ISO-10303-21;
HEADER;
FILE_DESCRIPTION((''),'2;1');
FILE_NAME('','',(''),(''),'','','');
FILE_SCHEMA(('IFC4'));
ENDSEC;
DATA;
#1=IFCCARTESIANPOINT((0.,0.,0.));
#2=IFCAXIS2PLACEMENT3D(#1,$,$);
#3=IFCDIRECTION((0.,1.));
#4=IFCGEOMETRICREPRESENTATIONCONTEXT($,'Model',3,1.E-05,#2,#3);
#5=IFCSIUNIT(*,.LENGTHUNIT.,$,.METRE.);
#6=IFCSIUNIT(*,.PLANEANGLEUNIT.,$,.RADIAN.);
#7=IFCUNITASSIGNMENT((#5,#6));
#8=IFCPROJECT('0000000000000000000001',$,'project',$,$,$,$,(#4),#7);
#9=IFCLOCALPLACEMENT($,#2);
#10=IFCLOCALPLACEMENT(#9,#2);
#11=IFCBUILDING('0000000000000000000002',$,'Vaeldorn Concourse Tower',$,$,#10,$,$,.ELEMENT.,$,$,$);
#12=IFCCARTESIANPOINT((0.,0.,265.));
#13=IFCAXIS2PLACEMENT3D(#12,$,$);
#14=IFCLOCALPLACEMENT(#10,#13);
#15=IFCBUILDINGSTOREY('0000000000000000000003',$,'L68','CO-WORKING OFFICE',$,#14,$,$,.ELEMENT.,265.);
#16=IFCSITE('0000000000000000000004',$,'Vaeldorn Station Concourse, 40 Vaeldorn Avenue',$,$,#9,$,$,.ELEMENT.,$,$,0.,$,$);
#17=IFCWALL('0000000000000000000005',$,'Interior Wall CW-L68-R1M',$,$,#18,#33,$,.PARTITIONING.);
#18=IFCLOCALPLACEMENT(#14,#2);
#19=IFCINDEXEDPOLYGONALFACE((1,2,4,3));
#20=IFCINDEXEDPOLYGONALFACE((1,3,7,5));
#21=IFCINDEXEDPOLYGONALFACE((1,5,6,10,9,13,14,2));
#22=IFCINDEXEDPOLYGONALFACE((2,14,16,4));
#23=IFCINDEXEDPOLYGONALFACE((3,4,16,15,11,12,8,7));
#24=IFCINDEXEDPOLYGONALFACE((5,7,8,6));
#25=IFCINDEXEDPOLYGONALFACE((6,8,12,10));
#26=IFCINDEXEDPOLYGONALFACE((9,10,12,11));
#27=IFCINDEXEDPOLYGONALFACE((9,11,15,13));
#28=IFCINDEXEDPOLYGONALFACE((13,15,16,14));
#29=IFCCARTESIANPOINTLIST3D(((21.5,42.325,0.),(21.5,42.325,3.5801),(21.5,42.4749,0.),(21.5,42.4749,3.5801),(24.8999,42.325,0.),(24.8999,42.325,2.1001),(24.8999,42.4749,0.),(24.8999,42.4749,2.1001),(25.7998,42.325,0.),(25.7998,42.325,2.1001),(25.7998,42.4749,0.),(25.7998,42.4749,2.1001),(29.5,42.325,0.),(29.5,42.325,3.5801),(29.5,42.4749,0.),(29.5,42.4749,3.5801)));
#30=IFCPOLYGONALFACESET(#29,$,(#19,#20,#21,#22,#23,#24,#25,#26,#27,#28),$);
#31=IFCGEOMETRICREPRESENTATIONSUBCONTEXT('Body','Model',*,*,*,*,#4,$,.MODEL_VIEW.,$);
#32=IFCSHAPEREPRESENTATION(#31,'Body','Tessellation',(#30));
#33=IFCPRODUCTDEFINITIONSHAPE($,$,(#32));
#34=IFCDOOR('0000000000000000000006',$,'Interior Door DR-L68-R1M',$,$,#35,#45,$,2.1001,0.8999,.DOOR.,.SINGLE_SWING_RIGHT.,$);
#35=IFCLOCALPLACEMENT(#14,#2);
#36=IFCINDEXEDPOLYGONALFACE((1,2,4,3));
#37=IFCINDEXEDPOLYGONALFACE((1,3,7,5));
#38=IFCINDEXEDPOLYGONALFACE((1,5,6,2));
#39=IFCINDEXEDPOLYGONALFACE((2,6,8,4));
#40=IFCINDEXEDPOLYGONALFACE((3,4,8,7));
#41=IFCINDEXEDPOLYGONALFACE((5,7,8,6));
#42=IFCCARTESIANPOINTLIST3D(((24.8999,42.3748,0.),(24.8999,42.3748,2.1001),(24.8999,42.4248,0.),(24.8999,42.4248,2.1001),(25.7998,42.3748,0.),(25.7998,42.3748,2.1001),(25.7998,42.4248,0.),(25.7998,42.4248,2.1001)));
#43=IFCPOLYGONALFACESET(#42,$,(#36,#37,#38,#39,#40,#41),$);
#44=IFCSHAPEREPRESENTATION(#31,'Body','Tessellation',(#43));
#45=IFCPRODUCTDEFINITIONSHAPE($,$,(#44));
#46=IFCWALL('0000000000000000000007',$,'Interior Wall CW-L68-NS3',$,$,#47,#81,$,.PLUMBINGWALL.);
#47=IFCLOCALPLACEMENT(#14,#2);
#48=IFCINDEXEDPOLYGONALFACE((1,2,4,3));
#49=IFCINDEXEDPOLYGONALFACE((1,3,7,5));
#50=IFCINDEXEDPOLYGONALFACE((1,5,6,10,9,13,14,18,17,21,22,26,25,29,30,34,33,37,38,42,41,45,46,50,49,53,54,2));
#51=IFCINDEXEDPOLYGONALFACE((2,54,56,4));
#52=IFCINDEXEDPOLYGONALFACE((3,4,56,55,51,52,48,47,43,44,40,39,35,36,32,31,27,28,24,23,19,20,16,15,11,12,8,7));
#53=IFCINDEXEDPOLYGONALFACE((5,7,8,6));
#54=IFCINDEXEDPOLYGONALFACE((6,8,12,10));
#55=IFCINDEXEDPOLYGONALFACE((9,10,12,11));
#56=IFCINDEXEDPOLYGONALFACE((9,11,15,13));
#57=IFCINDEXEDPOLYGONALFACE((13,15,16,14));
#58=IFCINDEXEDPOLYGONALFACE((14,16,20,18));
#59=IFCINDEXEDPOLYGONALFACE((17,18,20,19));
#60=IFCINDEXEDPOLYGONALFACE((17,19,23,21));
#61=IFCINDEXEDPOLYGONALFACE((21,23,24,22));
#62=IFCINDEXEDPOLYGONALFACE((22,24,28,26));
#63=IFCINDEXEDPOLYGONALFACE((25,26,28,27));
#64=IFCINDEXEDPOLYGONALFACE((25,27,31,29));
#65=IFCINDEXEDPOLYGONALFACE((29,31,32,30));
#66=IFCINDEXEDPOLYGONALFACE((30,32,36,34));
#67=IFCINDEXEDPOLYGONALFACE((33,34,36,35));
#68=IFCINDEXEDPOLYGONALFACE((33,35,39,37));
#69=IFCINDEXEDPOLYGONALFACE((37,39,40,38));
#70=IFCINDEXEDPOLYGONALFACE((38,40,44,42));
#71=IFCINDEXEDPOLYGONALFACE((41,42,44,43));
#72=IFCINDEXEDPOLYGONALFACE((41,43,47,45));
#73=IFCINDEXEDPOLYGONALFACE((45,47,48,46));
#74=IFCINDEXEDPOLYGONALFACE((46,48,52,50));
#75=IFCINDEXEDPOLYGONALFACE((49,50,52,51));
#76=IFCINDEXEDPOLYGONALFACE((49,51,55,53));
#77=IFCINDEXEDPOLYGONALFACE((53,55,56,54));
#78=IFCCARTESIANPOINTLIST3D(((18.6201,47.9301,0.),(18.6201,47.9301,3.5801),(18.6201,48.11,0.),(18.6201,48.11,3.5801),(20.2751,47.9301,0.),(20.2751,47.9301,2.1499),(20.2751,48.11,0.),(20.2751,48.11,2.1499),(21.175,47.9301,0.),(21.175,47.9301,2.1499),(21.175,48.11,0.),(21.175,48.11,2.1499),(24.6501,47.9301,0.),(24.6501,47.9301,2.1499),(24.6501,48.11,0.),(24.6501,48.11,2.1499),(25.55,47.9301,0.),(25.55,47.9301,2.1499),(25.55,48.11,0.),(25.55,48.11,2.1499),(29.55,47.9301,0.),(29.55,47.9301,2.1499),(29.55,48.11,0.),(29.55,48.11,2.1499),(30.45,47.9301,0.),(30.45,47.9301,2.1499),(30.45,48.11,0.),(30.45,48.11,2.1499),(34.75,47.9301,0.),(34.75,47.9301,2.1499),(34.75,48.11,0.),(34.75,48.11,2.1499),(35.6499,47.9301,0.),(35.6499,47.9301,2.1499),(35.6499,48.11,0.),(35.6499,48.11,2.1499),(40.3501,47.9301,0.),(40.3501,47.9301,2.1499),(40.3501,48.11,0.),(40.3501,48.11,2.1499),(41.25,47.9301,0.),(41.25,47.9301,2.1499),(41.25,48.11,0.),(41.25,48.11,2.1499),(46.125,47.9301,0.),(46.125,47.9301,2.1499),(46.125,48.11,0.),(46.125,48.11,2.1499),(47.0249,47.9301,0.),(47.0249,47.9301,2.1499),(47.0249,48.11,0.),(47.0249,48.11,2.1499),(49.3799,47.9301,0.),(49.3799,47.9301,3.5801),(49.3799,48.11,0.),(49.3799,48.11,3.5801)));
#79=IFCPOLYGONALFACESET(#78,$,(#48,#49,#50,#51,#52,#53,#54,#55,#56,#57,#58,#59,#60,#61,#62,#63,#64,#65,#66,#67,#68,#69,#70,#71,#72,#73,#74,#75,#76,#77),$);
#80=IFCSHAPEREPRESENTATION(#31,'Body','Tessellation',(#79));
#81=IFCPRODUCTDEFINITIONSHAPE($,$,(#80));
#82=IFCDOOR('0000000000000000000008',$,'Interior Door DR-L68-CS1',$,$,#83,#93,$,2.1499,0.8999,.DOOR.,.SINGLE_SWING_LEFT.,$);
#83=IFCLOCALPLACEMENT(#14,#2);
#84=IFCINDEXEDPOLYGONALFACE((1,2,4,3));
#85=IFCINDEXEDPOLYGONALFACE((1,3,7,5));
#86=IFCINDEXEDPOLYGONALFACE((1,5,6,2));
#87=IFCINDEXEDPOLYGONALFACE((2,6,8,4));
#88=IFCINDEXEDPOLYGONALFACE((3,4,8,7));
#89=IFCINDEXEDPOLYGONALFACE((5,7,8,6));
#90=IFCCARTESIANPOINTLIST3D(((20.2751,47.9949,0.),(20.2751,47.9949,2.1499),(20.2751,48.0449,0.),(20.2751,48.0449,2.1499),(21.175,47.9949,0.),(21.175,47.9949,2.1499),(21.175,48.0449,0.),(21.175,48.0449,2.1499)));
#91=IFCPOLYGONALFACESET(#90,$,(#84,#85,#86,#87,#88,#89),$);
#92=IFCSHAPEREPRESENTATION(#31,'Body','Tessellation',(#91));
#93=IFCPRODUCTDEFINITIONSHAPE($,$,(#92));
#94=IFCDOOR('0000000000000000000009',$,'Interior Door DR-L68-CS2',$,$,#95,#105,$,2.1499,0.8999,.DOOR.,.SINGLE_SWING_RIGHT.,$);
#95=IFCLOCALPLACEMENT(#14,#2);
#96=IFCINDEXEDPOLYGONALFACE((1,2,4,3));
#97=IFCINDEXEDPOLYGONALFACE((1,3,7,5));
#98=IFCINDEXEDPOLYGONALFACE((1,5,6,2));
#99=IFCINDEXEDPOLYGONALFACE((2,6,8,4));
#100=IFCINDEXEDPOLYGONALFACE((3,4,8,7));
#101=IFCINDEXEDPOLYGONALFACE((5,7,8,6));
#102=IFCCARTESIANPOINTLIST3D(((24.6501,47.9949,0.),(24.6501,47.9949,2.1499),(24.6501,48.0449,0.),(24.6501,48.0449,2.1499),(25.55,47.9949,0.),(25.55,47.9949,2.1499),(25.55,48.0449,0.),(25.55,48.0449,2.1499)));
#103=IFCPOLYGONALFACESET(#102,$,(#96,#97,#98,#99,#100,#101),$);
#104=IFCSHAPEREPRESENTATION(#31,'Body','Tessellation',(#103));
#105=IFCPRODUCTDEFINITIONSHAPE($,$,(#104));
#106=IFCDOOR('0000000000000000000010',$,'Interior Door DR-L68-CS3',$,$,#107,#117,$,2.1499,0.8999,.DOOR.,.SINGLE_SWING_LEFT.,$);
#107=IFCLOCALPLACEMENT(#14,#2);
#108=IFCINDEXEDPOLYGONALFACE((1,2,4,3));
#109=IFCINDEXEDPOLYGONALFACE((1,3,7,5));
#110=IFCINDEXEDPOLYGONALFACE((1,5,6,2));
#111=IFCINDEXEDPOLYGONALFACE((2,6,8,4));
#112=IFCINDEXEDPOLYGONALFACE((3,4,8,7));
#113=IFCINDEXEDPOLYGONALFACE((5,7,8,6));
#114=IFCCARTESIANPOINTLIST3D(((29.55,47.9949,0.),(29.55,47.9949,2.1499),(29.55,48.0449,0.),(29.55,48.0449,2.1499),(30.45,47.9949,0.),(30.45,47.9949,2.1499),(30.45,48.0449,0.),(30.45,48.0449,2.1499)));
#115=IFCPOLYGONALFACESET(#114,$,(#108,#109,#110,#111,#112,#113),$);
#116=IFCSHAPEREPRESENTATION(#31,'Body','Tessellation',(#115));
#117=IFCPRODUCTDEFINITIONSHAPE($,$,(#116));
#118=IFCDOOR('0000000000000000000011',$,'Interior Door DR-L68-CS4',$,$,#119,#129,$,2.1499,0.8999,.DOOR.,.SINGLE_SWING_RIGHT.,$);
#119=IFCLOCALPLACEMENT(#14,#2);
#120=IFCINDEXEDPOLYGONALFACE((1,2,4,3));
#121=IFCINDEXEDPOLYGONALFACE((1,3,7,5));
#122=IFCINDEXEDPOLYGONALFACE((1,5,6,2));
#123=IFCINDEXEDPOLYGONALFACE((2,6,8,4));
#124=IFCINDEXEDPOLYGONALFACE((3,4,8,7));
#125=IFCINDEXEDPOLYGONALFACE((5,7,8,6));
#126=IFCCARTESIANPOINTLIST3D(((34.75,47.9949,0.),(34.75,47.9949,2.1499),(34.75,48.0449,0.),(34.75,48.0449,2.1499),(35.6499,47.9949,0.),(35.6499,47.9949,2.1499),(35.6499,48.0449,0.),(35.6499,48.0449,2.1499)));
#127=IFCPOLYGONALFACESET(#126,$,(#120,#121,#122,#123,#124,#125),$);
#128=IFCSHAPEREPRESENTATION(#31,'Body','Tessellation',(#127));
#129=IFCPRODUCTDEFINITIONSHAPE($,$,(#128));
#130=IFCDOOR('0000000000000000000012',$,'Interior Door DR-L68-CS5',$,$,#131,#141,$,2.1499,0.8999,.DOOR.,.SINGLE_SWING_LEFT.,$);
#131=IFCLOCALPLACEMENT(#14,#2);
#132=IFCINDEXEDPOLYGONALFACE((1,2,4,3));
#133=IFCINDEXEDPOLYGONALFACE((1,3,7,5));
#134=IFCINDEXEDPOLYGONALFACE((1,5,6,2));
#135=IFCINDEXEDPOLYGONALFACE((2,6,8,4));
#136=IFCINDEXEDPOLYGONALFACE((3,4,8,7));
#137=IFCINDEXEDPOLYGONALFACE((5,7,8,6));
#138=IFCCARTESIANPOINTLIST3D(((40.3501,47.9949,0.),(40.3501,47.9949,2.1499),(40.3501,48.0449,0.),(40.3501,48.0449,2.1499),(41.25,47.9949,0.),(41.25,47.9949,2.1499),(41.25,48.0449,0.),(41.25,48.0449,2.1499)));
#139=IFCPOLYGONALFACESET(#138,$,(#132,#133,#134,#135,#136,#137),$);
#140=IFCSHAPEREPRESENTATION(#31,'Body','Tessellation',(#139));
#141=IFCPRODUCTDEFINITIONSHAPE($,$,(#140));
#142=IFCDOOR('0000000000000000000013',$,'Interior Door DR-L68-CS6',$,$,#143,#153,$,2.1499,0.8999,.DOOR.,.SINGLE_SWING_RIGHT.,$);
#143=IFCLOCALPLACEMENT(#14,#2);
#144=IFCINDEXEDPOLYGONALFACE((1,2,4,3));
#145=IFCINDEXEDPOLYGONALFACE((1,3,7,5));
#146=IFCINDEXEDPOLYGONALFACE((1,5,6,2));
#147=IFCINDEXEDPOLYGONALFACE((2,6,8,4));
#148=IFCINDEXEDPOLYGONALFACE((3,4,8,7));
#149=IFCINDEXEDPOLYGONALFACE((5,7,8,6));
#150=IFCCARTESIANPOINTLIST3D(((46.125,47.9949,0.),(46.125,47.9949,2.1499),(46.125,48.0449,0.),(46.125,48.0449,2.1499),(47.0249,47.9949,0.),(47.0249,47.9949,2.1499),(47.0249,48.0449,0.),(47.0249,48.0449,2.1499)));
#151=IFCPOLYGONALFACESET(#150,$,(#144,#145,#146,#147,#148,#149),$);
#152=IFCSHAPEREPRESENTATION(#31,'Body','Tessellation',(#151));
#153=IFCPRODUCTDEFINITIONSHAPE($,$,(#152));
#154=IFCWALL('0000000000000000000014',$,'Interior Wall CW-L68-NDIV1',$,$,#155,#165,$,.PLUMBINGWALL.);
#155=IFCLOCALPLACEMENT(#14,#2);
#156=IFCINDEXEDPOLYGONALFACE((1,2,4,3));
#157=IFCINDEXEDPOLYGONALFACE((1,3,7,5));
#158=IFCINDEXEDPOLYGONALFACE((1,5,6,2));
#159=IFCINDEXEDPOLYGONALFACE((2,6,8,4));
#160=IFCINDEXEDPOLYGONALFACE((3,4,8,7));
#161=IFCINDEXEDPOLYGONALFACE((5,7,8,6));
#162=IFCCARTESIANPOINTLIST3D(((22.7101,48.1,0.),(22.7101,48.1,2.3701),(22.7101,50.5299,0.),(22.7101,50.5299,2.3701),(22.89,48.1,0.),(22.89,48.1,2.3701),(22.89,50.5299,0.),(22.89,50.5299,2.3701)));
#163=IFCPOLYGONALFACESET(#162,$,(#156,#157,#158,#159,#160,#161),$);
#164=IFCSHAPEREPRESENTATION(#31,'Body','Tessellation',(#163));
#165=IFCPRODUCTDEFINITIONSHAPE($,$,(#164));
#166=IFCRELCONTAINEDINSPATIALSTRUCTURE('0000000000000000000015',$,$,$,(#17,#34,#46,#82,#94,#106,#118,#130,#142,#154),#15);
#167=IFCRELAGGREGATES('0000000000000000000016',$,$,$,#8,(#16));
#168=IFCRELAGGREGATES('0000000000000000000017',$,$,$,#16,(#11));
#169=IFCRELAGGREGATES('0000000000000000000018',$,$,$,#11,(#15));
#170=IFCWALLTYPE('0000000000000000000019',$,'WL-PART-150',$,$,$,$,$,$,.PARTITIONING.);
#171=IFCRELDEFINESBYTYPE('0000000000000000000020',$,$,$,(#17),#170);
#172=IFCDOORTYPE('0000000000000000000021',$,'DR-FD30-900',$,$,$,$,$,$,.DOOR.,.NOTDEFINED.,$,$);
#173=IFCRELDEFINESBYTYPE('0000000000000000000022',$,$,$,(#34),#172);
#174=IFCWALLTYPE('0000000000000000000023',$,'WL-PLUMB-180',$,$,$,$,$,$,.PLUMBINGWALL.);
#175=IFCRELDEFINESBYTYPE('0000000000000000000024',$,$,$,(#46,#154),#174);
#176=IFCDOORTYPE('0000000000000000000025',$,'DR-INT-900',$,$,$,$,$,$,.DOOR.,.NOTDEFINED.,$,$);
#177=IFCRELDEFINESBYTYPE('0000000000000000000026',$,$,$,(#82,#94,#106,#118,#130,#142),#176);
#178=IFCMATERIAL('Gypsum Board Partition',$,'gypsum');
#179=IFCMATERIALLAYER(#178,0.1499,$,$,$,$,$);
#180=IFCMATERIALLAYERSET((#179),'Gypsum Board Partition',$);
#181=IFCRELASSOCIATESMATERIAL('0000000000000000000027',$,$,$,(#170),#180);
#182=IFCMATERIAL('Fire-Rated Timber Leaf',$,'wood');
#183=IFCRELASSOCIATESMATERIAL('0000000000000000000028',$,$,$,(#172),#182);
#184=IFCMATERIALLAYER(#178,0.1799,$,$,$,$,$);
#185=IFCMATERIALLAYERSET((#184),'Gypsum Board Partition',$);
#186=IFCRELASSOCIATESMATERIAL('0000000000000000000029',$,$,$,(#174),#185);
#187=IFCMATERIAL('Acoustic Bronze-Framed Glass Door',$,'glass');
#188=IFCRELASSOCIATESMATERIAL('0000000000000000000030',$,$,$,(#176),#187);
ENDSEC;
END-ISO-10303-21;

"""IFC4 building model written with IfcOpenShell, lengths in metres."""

from ifc_helpers import new_model, si_unit, direction, frame, frame_2d, origin, place, context, subcontext, project, spatial, rectangle, extrude, source, transform, mapped, material, layer, layer_set, type_object, element, fill, save


model = new_model("IFC4")

# Units and contexts
model_context = context("Model", 3, precision=1e-05, world=origin(), true_north=direction((0.0, 1.0)))
body_context = subcontext(model_context, "Body", "Model", "MODEL_VIEW")
ifc_project = project(units=[si_unit("LENGTHUNIT", "METRE"), si_unit("PLANEANGLEUNIT", "RADIAN")], contexts=[model_context])

# Site, building, storey
site_placement = place(None, origin())
site = spatial("IfcSite", under=ifc_project, at=site_placement, Name="Vaeldorn Station Concourse, 40 Vaeldorn Avenue", CompositionType="ELEMENT", RefElevation=0.0)
building_placement = place(site_placement, origin())
building = spatial("IfcBuilding", under=site, at=building_placement, Name="Vaeldorn Concourse Tower", CompositionType="ELEMENT")
storey_placement = place(building_placement, frame((0.0, 0.0, 265.0)))
storey = spatial("IfcBuildingStorey", under=building, at=storey_placement, Name="L68", Description="CO-WORKING OFFICE", CompositionType="ELEMENT", Elevation=265.0)

# Shared definitions
ifc_material_1 = material(Name="Gypsum Board Partition", Category="gypsum")
ifc_layer_1 = layer(ifc_material_1, 0.1499)
ifc_layer_set_1 = layer_set([ifc_layer_1], Name="Gypsum Board Partition")
wall_type_1 = type_object("IfcWallType", Name="WL-PART-150", PredefinedType="PARTITIONING", material=ifc_layer_set_1)

# Wall, opening, door
wall_1_placement = place(storey_placement, frame((21.5, 42.3999, 0.0), z_axis=(0.0, 0.0, 1.0), x_axis=(1.0, 0.0, 0.0)))
wall_1 = element("IfcWall", 1, at=wall_1_placement, inside=storey, type_object=wall_type_1, Name="Interior Wall CW-L68-R1M", PredefinedType="PARTITIONING", context=body_context, shape_type="SweptSolid", body=[
    extrude(rectangle(XDim=8.0, YDim=0.1499, at=frame_2d((4.0, 0.0))), origin(), (0.0, 0.0, 1.0), 3.5801),
])
opening_1_placement = place(wall_1_placement, frame((3.3999, 0.0, 0.0)))
opening_1 = element("IfcOpeningElement", 2, at=opening_1_placement, cuts=wall_1, PredefinedType="OPENING", context=body_context, shape_type="SweptSolid", body=[
    extrude(rectangle(XDim=0.8999, YDim=2.1001, at=frame_2d((0.45, 1.05))), frame((0.0, 0.085, 0.0), z_axis=(0.0, -1.0, 0.0), x_axis=(1.0, 0.0, 0.0)), (0.0, 0.0, 1.0), 0.1699),
])
ifc_material_2 = material(Name="Fire-Rated Timber Leaf", Category="wood")
door_type_1 = type_object("IfcDoorType", Name="DR-FD30-900", OperationType="NOTDEFINED", PredefinedType="DOOR", material=ifc_material_2)
shared_shape_1 = source(origin(), body_context, "Body", "SweptSolid", [
    extrude(rectangle(XDim=0.8999, YDim=2.1001, at=frame_2d((0.45, 1.05))), frame((0.0, 0.0249, 0.0), z_axis=(0.0, -1.0, 0.0), x_axis=(1.0, 0.0, 0.0)), (0.0, 0.0, 1.0), 0.05),
])
door_1_placement = place(opening_1_placement, origin())
door_1 = element("IfcDoor", 3, at=door_1_placement, inside=storey, type_object=door_type_1, Name="Interior Door DR-L68-R1M", OperationType="SINGLE_SWING_RIGHT", OverallHeight=2.1001, OverallWidth=0.8999, PredefinedType="DOOR", context=body_context, shape_type="MappedRepresentation", body=[
    mapped(shared_shape_1, transform((0.0, 0.0, 0.0), scale=1.0)),
])
fill(opening_1, door_1)

# Wall, openings, doors
ifc_layer_2 = layer(ifc_material_1, 0.1799)
ifc_layer_set_2 = layer_set([ifc_layer_2], Name="Gypsum Board Partition")
wall_type_2 = type_object("IfcWallType", Name="WL-PLUMB-180", PredefinedType="PLUMBINGWALL", material=ifc_layer_set_2)
wall_2_placement = place(storey_placement, frame((18.6201, 48.02, 0.0), z_axis=(0.0, 0.0, 1.0), x_axis=(1.0, 0.0, 0.0)))
wall_2 = element("IfcWall", 4, at=wall_2_placement, inside=storey, type_object=wall_type_2, Name="Interior Wall CW-L68-NS3", PredefinedType="PLUMBINGWALL", context=body_context, shape_type="SweptSolid", body=[
    extrude(rectangle(XDim=30.7598, YDim=0.1799, at=frame_2d((15.3799, 0.0))), origin(), (0.0, 0.0, 1.0), 3.5801),
])
opening_2_placement = place(wall_2_placement, frame((1.655, 0.0, 0.0)))
opening_2 = element("IfcOpeningElement", 5, at=opening_2_placement, cuts=wall_2, PredefinedType="OPENING", context=body_context, shape_type="SweptSolid", body=[
    extrude(rectangle(XDim=0.8999, YDim=2.1499, at=frame_2d((0.45, 1.075))), frame((0.0, 0.1001, 0.0), z_axis=(0.0, -1.0, 0.0), x_axis=(1.0, 0.0, 0.0)), (0.0, 0.0, 1.0), 0.2),
])
opening_3_placement = place(wall_2_placement, frame((6.03, 0.0, 0.0)))
opening_3 = element("IfcOpeningElement", 6, at=opening_3_placement, cuts=wall_2, PredefinedType="OPENING", context=body_context, shape_type="SweptSolid", body=[
    extrude(rectangle(XDim=0.8999, YDim=2.1499, at=frame_2d((0.45, 1.075))), frame((0.0, 0.1001, 0.0), z_axis=(0.0, -1.0, 0.0), x_axis=(1.0, 0.0, 0.0)), (0.0, 0.0, 1.0), 0.2),
])
opening_4_placement = place(wall_2_placement, frame((10.9299, 0.0, 0.0)))
opening_4 = element("IfcOpeningElement", 7, at=opening_4_placement, cuts=wall_2, PredefinedType="OPENING", context=body_context, shape_type="SweptSolid", body=[
    extrude(rectangle(XDim=0.8999, YDim=2.1499, at=frame_2d((0.45, 1.075))), frame((0.0, 0.1001, 0.0), z_axis=(0.0, -1.0, 0.0), x_axis=(1.0, 0.0, 0.0)), (0.0, 0.0, 1.0), 0.2),
])
opening_5_placement = place(wall_2_placement, frame((16.1299, 0.0, 0.0)))
opening_5 = element("IfcOpeningElement", 8, at=opening_5_placement, cuts=wall_2, PredefinedType="OPENING", context=body_context, shape_type="SweptSolid", body=[
    extrude(rectangle(XDim=0.8999, YDim=2.1499, at=frame_2d((0.45, 1.075))), frame((0.0, 0.1001, 0.0), z_axis=(0.0, -1.0, 0.0), x_axis=(1.0, 0.0, 0.0)), (0.0, 0.0, 1.0), 0.2),
])
opening_6_placement = place(wall_2_placement, frame((21.73, 0.0, 0.0)))
opening_6 = element("IfcOpeningElement", 9, at=opening_6_placement, cuts=wall_2, PredefinedType="OPENING", context=body_context, shape_type="SweptSolid", body=[
    extrude(rectangle(XDim=0.8999, YDim=2.1499, at=frame_2d((0.45, 1.075))), frame((0.0, 0.1001, 0.0), z_axis=(0.0, -1.0, 0.0), x_axis=(1.0, 0.0, 0.0)), (0.0, 0.0, 1.0), 0.2),
])
opening_7_placement = place(wall_2_placement, frame((27.5049, 0.0, 0.0)))
opening_7 = element("IfcOpeningElement", 10, at=opening_7_placement, cuts=wall_2, PredefinedType="OPENING", context=body_context, shape_type="SweptSolid", body=[
    extrude(rectangle(XDim=0.8999, YDim=2.1499, at=frame_2d((0.45, 1.075))), frame((0.0, 0.1001, 0.0), z_axis=(0.0, -1.0, 0.0), x_axis=(1.0, 0.0, 0.0)), (0.0, 0.0, 1.0), 0.2),
])
ifc_material_3 = material(Name="Acoustic Bronze-Framed Glass Door", Category="glass")
door_type_2 = type_object("IfcDoorType", Name="DR-INT-900", OperationType="NOTDEFINED", PredefinedType="DOOR", material=ifc_material_3)
shared_shape_2 = source(origin(), body_context, "Body", "SweptSolid", [
    extrude(rectangle(XDim=0.8999, YDim=2.1499, at=frame_2d((0.45, 1.075))), frame((0.0, 0.0249, 0.0), z_axis=(0.0, -1.0, 0.0), x_axis=(1.0, 0.0, 0.0)), (0.0, 0.0, 1.0), 0.05),
])
door_2_placement = place(opening_2_placement, origin())
door_2 = element("IfcDoor", 11, at=door_2_placement, inside=storey, type_object=door_type_2, Name="Interior Door DR-L68-CS1", OperationType="SINGLE_SWING_LEFT", OverallHeight=2.1499, OverallWidth=0.8999, PredefinedType="DOOR", context=body_context, shape_type="MappedRepresentation", body=[
    mapped(shared_shape_2, transform((0.0, 0.0, 0.0), scale=1.0)),
])
fill(opening_2, door_2)
door_3_placement = place(opening_3_placement, origin())
door_3 = element("IfcDoor", 12, at=door_3_placement, inside=storey, type_object=door_type_2, Name="Interior Door DR-L68-CS2", OperationType="SINGLE_SWING_RIGHT", OverallHeight=2.1499, OverallWidth=0.8999, PredefinedType="DOOR", context=body_context, shape_type="MappedRepresentation", body=[
    mapped(shared_shape_2, transform((0.0, 0.0, 0.0), scale=1.0)),
])
fill(opening_3, door_3)
door_4_placement = place(opening_4_placement, origin())
door_4 = element("IfcDoor", 13, at=door_4_placement, inside=storey, type_object=door_type_2, Name="Interior Door DR-L68-CS3", OperationType="SINGLE_SWING_LEFT", OverallHeight=2.1499, OverallWidth=0.8999, PredefinedType="DOOR", context=body_context, shape_type="MappedRepresentation", body=[
    mapped(shared_shape_2, transform((0.0, 0.0, 0.0), scale=1.0)),
])
fill(opening_4, door_4)
door_5_placement = place(opening_5_placement, origin())
door_5 = element("IfcDoor", 14, at=door_5_placement, inside=storey, type_object=door_type_2, Name="Interior Door DR-L68-CS4", OperationType="SINGLE_SWING_RIGHT", OverallHeight=2.1499, OverallWidth=0.8999, PredefinedType="DOOR", context=body_context, shape_type="MappedRepresentation", body=[
    mapped(shared_shape_2, transform((0.0, 0.0, 0.0), scale=1.0)),
])
fill(opening_5, door_5)
door_6_placement = place(opening_6_placement, origin())
door_6 = element("IfcDoor", 15, at=door_6_placement, inside=storey, type_object=door_type_2, Name="Interior Door DR-L68-CS5", OperationType="SINGLE_SWING_LEFT", OverallHeight=2.1499, OverallWidth=0.8999, PredefinedType="DOOR", context=body_context, shape_type="MappedRepresentation", body=[
    mapped(shared_shape_2, transform((0.0, 0.0, 0.0), scale=1.0)),
])
fill(opening_6, door_6)
door_7_placement = place(opening_7_placement, origin())
door_7 = element("IfcDoor", 16, at=door_7_placement, inside=storey, type_object=door_type_2, Name="Interior Door DR-L68-CS6", OperationType="SINGLE_SWING_RIGHT", OverallHeight=2.1499, OverallWidth=0.8999, PredefinedType="DOOR", context=body_context, shape_type="MappedRepresentation", body=[
    mapped(shared_shape_2, transform((0.0, 0.0, 0.0), scale=1.0)),
])
fill(opening_7, door_7)

# Wall
wall_3_placement = place(storey_placement, frame((22.8, 48.1001, 0.0), z_axis=(0.0, 0.0, 1.0), x_axis=(0.0, 1.0, 0.0)))
element("IfcWall", 17, at=wall_3_placement, inside=storey, type_object=wall_type_2, Name="Interior Wall CW-L68-NDIV1", PredefinedType="PLUMBINGWALL", context=body_context, shape_type="SweptSolid", body=[
    extrude(rectangle(XDim=2.4299, YDim=0.1799, at=frame_2d((1.2148, 0.0))), origin(), (0.0, 0.0, 1.0), 2.3701),
])

save(model, "model.ifc")
